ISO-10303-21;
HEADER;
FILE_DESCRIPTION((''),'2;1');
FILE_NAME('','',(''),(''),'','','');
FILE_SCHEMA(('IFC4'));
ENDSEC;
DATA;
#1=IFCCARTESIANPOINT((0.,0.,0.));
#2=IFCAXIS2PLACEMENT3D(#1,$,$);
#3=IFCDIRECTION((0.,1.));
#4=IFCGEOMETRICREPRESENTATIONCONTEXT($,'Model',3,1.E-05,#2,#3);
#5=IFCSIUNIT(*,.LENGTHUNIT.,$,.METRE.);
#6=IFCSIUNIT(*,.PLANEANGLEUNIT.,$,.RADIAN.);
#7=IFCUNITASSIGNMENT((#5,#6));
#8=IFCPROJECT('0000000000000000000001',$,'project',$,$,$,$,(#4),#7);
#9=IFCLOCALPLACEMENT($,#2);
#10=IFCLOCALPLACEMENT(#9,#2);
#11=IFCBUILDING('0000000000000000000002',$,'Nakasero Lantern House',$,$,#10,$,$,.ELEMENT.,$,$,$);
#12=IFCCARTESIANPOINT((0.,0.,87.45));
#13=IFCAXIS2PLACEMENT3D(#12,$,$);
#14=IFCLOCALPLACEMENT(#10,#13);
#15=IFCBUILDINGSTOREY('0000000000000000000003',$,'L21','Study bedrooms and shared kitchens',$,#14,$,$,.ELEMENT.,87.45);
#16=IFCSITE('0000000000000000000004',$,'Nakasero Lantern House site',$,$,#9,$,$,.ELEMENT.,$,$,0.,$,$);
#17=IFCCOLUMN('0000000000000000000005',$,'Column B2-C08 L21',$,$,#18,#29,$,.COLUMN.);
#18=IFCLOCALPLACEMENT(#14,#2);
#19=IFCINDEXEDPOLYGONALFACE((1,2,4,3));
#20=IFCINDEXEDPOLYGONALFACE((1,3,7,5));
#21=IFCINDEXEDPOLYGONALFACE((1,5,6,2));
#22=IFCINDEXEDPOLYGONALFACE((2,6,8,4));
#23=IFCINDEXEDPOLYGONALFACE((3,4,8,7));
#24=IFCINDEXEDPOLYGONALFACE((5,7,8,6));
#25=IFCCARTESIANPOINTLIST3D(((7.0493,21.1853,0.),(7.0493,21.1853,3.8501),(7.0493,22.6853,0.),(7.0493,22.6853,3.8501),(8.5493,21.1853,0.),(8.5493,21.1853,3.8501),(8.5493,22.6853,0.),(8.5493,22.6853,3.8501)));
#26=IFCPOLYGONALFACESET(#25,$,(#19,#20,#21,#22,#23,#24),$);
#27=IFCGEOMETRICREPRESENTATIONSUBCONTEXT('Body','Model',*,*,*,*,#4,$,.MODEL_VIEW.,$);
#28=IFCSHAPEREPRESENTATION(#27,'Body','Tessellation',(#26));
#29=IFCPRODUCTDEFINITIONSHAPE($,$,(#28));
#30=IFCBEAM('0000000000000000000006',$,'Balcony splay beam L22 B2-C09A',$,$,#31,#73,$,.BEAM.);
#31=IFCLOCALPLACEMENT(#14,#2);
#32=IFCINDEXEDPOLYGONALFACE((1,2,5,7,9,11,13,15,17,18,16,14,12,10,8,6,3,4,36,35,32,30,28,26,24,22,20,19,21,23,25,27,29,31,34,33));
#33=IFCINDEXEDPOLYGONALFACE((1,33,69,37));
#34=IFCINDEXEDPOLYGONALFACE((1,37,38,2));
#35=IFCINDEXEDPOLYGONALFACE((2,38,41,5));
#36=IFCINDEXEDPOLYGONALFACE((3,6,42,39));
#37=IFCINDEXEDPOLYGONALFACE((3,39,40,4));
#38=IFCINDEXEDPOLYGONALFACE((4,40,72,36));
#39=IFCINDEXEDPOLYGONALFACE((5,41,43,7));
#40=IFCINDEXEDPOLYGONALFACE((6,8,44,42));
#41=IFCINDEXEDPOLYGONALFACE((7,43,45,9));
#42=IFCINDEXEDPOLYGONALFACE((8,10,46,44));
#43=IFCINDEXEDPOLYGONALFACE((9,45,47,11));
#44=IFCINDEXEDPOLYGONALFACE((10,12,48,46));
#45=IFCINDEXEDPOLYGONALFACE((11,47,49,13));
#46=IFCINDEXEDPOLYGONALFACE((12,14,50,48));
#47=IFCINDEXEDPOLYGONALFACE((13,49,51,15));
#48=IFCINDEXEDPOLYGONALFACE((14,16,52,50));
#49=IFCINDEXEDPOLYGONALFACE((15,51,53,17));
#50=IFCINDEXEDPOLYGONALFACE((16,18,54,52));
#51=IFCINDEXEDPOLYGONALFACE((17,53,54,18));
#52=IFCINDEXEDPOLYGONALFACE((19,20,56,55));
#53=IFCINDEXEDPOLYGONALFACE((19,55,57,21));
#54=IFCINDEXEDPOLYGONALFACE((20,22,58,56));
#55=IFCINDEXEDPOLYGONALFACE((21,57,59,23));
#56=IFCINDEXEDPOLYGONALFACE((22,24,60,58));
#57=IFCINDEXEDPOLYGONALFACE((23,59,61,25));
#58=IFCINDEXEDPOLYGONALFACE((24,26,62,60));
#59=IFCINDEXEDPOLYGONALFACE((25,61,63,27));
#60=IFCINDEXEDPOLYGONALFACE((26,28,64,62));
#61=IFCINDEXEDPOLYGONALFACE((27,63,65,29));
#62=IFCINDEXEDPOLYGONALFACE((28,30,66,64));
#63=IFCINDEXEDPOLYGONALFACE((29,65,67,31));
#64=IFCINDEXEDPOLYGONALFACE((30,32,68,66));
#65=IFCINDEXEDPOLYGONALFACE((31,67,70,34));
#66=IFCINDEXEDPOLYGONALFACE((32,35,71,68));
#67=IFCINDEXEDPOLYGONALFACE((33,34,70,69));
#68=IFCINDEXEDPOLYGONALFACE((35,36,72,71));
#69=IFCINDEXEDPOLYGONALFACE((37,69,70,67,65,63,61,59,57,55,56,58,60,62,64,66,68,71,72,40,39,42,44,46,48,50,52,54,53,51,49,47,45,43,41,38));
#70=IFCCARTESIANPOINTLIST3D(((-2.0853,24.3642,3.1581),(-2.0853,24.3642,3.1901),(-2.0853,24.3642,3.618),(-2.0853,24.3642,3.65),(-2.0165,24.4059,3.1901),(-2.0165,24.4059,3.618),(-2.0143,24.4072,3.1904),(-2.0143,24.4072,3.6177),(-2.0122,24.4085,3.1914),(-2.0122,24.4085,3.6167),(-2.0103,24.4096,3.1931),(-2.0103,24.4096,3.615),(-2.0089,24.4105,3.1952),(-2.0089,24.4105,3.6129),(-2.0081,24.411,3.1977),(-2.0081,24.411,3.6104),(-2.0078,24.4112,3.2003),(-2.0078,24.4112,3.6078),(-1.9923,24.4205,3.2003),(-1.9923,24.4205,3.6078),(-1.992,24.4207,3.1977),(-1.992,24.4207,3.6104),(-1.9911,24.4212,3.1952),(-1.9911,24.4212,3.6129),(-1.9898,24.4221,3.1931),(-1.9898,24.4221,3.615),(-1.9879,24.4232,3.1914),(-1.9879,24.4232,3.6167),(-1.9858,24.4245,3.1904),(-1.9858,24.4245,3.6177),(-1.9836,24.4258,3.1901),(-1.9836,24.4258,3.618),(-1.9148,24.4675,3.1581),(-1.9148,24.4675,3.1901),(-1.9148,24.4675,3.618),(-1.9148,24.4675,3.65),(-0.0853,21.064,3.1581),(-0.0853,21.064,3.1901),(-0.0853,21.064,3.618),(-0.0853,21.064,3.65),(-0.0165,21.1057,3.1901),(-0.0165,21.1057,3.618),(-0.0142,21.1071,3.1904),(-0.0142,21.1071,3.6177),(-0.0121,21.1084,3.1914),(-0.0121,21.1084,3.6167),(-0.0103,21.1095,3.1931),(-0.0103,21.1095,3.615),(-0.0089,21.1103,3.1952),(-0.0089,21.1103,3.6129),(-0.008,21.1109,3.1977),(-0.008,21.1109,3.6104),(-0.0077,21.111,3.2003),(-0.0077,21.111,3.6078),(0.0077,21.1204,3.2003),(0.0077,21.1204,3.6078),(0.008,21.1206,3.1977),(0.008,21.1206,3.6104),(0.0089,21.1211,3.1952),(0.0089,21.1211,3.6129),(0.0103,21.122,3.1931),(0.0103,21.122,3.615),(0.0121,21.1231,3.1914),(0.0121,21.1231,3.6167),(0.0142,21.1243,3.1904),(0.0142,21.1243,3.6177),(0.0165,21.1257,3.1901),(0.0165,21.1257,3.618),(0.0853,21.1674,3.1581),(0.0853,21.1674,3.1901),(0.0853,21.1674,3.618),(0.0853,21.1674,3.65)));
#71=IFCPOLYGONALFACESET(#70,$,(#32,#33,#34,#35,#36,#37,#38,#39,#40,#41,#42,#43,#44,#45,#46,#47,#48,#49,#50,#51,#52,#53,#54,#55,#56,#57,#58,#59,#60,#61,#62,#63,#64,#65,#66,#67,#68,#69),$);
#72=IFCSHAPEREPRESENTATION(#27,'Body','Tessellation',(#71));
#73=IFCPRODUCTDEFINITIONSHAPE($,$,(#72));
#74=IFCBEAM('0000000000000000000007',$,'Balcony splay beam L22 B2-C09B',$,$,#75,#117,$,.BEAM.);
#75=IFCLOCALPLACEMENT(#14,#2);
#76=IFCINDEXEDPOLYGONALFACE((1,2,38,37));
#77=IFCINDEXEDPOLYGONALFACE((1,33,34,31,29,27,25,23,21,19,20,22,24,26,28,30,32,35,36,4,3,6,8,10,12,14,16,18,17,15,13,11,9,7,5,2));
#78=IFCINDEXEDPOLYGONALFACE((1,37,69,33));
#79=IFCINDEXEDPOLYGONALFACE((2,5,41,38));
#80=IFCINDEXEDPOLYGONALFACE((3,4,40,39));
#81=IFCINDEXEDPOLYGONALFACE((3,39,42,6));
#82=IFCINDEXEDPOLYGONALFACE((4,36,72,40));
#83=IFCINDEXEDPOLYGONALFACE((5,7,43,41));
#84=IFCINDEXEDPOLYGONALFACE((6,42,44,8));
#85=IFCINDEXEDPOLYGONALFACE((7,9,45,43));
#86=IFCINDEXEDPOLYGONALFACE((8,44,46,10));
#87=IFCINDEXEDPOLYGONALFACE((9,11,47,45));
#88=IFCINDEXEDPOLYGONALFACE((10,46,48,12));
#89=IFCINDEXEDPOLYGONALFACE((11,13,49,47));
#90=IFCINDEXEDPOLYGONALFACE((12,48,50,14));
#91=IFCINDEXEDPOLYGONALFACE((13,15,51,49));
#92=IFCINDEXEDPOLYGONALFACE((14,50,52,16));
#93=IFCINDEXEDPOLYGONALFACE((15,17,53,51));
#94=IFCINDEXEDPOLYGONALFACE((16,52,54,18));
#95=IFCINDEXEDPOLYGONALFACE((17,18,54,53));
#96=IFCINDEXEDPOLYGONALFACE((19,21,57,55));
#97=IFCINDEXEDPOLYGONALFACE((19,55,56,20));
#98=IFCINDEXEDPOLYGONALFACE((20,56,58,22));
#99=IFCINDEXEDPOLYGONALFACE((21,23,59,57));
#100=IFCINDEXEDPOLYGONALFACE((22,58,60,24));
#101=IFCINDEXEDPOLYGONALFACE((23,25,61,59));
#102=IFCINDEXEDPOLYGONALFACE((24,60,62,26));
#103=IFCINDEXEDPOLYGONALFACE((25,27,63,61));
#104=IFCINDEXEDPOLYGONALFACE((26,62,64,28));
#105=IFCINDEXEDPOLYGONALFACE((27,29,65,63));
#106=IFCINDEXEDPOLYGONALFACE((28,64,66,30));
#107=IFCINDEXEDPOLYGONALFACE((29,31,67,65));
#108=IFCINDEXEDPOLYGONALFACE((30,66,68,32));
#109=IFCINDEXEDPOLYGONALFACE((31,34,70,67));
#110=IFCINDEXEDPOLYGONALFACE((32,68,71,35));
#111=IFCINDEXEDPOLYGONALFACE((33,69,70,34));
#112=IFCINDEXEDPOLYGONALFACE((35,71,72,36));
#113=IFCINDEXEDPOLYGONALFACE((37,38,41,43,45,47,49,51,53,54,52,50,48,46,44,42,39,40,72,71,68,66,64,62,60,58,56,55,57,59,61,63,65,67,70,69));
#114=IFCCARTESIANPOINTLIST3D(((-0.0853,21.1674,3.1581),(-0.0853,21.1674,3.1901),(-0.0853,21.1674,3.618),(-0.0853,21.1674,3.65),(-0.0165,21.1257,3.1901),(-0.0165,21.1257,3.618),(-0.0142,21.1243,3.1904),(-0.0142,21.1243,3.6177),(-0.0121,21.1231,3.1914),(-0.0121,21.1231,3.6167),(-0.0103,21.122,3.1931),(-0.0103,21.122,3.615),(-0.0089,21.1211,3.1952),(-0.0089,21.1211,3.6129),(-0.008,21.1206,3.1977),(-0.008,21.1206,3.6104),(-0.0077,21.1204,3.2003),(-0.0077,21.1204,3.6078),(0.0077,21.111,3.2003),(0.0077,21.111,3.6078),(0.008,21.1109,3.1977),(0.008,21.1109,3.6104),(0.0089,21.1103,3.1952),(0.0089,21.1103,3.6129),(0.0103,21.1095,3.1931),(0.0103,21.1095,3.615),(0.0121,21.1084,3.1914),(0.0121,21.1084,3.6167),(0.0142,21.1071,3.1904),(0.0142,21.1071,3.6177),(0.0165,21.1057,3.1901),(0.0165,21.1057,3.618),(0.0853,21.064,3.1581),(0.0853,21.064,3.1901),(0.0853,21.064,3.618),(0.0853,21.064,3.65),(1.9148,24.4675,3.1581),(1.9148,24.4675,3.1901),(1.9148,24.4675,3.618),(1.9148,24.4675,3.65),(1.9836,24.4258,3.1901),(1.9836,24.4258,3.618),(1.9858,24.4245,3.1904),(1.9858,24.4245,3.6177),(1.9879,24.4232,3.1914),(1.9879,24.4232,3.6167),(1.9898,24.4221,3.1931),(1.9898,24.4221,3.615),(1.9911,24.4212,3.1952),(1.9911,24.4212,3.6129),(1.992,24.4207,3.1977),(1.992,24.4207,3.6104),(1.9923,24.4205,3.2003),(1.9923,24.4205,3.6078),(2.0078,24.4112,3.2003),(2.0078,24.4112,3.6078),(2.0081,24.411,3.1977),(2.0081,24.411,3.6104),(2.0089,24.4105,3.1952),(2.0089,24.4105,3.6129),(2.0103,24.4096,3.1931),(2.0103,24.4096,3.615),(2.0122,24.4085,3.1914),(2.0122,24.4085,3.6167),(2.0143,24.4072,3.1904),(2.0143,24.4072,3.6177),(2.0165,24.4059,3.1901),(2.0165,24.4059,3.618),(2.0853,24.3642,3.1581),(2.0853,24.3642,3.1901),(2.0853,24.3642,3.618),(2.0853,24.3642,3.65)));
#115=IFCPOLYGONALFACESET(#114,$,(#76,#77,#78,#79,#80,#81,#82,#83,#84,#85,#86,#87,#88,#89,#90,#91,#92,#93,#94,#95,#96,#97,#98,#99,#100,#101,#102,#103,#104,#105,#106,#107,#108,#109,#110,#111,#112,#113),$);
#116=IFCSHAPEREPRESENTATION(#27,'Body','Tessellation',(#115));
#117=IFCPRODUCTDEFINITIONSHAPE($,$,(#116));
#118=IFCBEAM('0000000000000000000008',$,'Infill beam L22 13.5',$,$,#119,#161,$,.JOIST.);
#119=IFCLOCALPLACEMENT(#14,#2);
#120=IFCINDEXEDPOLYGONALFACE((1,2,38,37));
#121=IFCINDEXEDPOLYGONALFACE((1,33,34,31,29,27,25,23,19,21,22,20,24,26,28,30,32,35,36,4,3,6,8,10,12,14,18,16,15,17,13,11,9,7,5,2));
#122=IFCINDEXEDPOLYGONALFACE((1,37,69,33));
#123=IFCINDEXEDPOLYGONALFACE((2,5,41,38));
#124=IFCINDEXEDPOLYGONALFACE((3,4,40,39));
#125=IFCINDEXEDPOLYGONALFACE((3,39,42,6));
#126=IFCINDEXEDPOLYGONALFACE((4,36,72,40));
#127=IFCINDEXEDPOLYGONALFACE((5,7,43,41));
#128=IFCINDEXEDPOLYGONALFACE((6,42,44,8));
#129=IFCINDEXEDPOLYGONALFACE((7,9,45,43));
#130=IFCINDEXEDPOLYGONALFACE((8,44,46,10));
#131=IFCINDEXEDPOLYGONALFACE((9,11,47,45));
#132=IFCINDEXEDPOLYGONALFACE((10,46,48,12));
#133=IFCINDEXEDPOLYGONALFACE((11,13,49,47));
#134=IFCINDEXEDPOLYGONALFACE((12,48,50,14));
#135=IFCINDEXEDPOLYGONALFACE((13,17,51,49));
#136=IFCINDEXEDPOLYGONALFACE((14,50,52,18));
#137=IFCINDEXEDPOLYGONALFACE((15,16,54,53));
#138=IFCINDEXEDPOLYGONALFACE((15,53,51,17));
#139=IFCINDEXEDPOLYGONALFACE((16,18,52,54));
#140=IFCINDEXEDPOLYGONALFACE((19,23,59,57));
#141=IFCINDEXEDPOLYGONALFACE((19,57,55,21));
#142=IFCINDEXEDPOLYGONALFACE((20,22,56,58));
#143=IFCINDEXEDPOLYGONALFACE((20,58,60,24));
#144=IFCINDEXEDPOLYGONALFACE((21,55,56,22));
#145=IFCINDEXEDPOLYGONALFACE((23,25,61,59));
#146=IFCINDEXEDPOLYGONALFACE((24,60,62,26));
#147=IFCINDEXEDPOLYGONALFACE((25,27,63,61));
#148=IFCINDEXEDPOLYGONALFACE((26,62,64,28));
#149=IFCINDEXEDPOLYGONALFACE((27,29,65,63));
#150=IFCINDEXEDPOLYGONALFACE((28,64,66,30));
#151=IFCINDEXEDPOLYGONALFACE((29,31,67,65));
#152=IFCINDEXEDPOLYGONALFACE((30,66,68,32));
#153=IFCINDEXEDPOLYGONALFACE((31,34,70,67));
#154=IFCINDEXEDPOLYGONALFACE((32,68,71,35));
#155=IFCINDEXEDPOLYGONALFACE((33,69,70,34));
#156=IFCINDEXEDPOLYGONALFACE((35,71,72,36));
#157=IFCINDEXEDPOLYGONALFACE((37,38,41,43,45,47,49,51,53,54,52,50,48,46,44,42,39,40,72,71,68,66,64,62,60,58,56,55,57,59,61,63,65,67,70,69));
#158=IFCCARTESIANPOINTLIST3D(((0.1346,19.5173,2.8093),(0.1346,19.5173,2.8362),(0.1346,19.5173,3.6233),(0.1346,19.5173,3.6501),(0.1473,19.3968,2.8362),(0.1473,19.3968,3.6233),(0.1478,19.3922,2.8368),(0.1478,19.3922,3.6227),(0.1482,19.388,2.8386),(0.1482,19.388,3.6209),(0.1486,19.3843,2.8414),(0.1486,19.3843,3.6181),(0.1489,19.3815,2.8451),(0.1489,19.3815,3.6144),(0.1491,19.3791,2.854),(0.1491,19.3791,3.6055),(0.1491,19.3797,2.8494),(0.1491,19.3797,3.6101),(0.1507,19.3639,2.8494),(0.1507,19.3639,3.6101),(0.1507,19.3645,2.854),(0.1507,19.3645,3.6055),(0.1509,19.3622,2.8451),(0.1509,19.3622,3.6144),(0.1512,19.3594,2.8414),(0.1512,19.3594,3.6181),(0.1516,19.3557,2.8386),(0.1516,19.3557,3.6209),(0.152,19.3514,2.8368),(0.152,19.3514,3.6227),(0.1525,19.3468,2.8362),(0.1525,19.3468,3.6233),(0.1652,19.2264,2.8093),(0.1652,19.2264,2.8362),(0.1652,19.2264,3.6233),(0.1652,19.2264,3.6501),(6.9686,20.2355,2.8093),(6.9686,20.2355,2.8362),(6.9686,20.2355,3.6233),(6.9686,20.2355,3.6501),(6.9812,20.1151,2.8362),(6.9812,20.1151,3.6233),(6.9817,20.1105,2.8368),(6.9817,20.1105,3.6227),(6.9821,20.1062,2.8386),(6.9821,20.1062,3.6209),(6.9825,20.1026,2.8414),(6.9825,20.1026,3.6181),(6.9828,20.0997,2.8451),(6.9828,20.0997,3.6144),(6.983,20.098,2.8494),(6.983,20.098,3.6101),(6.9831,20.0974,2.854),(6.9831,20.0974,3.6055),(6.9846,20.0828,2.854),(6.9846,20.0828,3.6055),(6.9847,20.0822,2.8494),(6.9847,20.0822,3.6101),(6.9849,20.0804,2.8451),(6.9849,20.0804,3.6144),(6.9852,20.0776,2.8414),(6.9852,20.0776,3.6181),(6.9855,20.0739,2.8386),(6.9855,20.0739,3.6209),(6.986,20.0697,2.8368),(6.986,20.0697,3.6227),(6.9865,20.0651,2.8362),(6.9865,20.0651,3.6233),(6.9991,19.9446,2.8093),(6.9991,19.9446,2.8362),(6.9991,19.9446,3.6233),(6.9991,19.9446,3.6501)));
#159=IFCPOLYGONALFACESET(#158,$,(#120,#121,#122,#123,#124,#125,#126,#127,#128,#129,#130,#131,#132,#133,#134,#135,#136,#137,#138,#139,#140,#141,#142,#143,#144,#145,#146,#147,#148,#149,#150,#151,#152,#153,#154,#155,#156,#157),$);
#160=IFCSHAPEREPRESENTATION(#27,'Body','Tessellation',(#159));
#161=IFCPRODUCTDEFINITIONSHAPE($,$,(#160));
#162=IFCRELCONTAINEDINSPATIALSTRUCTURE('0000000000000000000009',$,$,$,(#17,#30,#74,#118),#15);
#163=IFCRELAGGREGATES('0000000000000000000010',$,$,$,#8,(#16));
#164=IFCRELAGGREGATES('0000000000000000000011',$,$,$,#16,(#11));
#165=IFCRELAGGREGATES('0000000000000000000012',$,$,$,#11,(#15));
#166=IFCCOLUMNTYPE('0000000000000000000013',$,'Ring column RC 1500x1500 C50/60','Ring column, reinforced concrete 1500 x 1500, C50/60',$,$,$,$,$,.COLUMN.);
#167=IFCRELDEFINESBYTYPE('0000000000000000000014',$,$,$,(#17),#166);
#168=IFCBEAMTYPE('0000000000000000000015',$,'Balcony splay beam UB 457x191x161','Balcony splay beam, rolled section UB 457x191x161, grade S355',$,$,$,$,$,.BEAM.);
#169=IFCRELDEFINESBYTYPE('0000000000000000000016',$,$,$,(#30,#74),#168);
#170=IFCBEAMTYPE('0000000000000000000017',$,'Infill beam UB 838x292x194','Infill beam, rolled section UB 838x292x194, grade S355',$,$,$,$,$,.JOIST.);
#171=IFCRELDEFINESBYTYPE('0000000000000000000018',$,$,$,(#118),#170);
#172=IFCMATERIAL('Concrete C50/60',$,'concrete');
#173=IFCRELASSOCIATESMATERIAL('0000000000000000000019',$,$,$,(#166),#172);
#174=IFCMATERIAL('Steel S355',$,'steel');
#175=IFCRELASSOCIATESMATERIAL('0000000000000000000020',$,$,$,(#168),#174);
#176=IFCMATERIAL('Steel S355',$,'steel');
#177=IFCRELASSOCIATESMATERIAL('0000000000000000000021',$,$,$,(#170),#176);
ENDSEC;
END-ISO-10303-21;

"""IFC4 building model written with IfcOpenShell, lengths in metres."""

from ifc_helpers import new_model, si_unit, direction, frame, origin, origin_2d, place, context, subcontext, project, spatial, rectangle, i_section, extrude, material, material_profile, profile_set, type_object, element, save


model = new_model("IFC4")

# Units and contexts
model_context = context("Model", 3, precision=1e-05, world=origin(), true_north=direction((0.0, 1.0)))
body_context = subcontext(model_context, "Body", "Model", "MODEL_VIEW")
ifc_project = project(units=[si_unit("LENGTHUNIT", "METRE"), si_unit("PLANEANGLEUNIT", "RADIAN")], contexts=[model_context])

# Site, building, storey
site_placement = place(None, origin())
site = spatial("IfcSite", under=ifc_project, at=site_placement, Name="Nakasero Lantern House site", CompositionType="ELEMENT", RefElevation=0.0)
building_placement = place(site_placement, origin())
building = spatial("IfcBuilding", under=site, at=building_placement, Name="Nakasero Lantern House", CompositionType="ELEMENT")
storey_placement = place(building_placement, frame((0.0, 0.0, 87.45)))
storey = spatial("IfcBuildingStorey", under=building, at=storey_placement, Name="L21", Description="Study bedrooms and shared kitchens", CompositionType="ELEMENT", Elevation=87.45)

# Column
ifc_material_1 = material(Name="Concrete C50/60", Category="concrete")
ifc_material_profile_1 = material_profile(ifc_material_1, rectangle(XDim=1.5, YDim=1.5, at=origin_2d()), Name="RC 1500x1500")
ifc_profile_set_1 = profile_set([ifc_material_profile_1], Name="Concrete C50/60")
column_type = type_object("IfcColumnType", Name="Ring column RC 1500x1500 C50/60", Description="Ring column, reinforced concrete 1500 x 1500, C50/60", PredefinedType="COLUMN", material=ifc_profile_set_1)
column_placement = place(storey_placement, frame((7.7993, 21.9353, 0.0), z_axis=(0.0, 0.0, 1.0), x_axis=(1.0, 0.0, 0.0)))
element("IfcColumn", 1, at=column_placement, inside=storey, type_object=column_type, Name="Column B2-C08 L21", PredefinedType="COLUMN", context=body_context, shape_type="SweptSolid", body=[
    extrude(rectangle(XDim=1.5, YDim=1.5, at=origin_2d()), origin(), (0.0, 0.0, 1.0), 3.8501),
])

# Beams
ifc_material_2 = material(Name="Steel S355", Category="steel")
ifc_material_profile_2 = material_profile(ifc_material_2, i_section(OverallWidth=0.1995, OverallDepth=0.4919, WebThickness=0.0181, FlangeThickness=0.032, FilletRadius=0.0103, at=origin_2d()), Name="UB 457x191x161")
ifc_profile_set_2 = profile_set([ifc_material_profile_2], Name="Steel S355")
beam_type_1 = type_object("IfcBeamType", Name="Balcony splay beam UB 457x191x161", Description="Balcony splay beam, rolled section UB 457x191x161, grade S355", PredefinedType="BEAM", material=ifc_profile_set_2)
for number, where, z_axis, x_axis, name in (
    (2, (0.0, 21.1157, 3.4041), (-0.518296, 0.855201, 0.0), (-0.855201, -0.518296, 0.0), "Balcony splay beam L22 B2-C09A"),
    (3, (0.0, 21.1157, 3.4041), (0.518296, 0.855201, 0.0), (-0.855201, 0.518296, 0.0), "Balcony splay beam L22 B2-C09B"),
):
    element("IfcBeam", number, at=place(storey_placement, frame(where, z_axis=z_axis, x_axis=x_axis)), inside=storey, type_object=beam_type_1, Name=name, PredefinedType="BEAM", context=body_context, shape_type="SweptSolid", body=[
        extrude(i_section(OverallWidth=0.1995, OverallDepth=0.4919, WebThickness=0.0181, FlangeThickness=0.032, FilletRadius=0.0103, at=origin_2d()), origin(), (0.0, 0.0, 1.0), 3.8589),
    ])
ifc_material_3 = material(Name="Steel S355", Category="steel")
ifc_material_profile_3 = material_profile(ifc_material_3, i_section(OverallWidth=0.2925, OverallDepth=0.8408, WebThickness=0.0146, FlangeThickness=0.0269, FilletRadius=0.0178, at=origin_2d()), Name="UB 838x292x194")
ifc_profile_set_3 = profile_set([ifc_material_profile_3], Name="Steel S355")
beam_type_2 = type_object("IfcBeamType", Name="Infill beam UB 838x292x194", Description="Infill beam, rolled section UB 838x292x194, grade S355", PredefinedType="JOIST", material=ifc_profile_set_3)
beam_1_placement = place(storey_placement, frame((0.1499, 19.3718, 3.2297), z_axis=(0.994522, 0.104526, 0.0), x_axis=(-0.104526, 0.994522, 0.0)))
element("IfcBeam", 4, at=beam_1_placement, inside=storey, type_object=beam_type_2, Name="Infill beam L22 13.5", PredefinedType="JOIST", context=body_context, shape_type="SweptSolid", body=[
    extrude(i_section(OverallWidth=0.2925, OverallDepth=0.8408, WebThickness=0.0146, FlangeThickness=0.0269, FilletRadius=0.0178, at=origin_2d()), origin(), (0.0, 0.0, 1.0), 6.8716),
])

save(model, "model.ifc")
